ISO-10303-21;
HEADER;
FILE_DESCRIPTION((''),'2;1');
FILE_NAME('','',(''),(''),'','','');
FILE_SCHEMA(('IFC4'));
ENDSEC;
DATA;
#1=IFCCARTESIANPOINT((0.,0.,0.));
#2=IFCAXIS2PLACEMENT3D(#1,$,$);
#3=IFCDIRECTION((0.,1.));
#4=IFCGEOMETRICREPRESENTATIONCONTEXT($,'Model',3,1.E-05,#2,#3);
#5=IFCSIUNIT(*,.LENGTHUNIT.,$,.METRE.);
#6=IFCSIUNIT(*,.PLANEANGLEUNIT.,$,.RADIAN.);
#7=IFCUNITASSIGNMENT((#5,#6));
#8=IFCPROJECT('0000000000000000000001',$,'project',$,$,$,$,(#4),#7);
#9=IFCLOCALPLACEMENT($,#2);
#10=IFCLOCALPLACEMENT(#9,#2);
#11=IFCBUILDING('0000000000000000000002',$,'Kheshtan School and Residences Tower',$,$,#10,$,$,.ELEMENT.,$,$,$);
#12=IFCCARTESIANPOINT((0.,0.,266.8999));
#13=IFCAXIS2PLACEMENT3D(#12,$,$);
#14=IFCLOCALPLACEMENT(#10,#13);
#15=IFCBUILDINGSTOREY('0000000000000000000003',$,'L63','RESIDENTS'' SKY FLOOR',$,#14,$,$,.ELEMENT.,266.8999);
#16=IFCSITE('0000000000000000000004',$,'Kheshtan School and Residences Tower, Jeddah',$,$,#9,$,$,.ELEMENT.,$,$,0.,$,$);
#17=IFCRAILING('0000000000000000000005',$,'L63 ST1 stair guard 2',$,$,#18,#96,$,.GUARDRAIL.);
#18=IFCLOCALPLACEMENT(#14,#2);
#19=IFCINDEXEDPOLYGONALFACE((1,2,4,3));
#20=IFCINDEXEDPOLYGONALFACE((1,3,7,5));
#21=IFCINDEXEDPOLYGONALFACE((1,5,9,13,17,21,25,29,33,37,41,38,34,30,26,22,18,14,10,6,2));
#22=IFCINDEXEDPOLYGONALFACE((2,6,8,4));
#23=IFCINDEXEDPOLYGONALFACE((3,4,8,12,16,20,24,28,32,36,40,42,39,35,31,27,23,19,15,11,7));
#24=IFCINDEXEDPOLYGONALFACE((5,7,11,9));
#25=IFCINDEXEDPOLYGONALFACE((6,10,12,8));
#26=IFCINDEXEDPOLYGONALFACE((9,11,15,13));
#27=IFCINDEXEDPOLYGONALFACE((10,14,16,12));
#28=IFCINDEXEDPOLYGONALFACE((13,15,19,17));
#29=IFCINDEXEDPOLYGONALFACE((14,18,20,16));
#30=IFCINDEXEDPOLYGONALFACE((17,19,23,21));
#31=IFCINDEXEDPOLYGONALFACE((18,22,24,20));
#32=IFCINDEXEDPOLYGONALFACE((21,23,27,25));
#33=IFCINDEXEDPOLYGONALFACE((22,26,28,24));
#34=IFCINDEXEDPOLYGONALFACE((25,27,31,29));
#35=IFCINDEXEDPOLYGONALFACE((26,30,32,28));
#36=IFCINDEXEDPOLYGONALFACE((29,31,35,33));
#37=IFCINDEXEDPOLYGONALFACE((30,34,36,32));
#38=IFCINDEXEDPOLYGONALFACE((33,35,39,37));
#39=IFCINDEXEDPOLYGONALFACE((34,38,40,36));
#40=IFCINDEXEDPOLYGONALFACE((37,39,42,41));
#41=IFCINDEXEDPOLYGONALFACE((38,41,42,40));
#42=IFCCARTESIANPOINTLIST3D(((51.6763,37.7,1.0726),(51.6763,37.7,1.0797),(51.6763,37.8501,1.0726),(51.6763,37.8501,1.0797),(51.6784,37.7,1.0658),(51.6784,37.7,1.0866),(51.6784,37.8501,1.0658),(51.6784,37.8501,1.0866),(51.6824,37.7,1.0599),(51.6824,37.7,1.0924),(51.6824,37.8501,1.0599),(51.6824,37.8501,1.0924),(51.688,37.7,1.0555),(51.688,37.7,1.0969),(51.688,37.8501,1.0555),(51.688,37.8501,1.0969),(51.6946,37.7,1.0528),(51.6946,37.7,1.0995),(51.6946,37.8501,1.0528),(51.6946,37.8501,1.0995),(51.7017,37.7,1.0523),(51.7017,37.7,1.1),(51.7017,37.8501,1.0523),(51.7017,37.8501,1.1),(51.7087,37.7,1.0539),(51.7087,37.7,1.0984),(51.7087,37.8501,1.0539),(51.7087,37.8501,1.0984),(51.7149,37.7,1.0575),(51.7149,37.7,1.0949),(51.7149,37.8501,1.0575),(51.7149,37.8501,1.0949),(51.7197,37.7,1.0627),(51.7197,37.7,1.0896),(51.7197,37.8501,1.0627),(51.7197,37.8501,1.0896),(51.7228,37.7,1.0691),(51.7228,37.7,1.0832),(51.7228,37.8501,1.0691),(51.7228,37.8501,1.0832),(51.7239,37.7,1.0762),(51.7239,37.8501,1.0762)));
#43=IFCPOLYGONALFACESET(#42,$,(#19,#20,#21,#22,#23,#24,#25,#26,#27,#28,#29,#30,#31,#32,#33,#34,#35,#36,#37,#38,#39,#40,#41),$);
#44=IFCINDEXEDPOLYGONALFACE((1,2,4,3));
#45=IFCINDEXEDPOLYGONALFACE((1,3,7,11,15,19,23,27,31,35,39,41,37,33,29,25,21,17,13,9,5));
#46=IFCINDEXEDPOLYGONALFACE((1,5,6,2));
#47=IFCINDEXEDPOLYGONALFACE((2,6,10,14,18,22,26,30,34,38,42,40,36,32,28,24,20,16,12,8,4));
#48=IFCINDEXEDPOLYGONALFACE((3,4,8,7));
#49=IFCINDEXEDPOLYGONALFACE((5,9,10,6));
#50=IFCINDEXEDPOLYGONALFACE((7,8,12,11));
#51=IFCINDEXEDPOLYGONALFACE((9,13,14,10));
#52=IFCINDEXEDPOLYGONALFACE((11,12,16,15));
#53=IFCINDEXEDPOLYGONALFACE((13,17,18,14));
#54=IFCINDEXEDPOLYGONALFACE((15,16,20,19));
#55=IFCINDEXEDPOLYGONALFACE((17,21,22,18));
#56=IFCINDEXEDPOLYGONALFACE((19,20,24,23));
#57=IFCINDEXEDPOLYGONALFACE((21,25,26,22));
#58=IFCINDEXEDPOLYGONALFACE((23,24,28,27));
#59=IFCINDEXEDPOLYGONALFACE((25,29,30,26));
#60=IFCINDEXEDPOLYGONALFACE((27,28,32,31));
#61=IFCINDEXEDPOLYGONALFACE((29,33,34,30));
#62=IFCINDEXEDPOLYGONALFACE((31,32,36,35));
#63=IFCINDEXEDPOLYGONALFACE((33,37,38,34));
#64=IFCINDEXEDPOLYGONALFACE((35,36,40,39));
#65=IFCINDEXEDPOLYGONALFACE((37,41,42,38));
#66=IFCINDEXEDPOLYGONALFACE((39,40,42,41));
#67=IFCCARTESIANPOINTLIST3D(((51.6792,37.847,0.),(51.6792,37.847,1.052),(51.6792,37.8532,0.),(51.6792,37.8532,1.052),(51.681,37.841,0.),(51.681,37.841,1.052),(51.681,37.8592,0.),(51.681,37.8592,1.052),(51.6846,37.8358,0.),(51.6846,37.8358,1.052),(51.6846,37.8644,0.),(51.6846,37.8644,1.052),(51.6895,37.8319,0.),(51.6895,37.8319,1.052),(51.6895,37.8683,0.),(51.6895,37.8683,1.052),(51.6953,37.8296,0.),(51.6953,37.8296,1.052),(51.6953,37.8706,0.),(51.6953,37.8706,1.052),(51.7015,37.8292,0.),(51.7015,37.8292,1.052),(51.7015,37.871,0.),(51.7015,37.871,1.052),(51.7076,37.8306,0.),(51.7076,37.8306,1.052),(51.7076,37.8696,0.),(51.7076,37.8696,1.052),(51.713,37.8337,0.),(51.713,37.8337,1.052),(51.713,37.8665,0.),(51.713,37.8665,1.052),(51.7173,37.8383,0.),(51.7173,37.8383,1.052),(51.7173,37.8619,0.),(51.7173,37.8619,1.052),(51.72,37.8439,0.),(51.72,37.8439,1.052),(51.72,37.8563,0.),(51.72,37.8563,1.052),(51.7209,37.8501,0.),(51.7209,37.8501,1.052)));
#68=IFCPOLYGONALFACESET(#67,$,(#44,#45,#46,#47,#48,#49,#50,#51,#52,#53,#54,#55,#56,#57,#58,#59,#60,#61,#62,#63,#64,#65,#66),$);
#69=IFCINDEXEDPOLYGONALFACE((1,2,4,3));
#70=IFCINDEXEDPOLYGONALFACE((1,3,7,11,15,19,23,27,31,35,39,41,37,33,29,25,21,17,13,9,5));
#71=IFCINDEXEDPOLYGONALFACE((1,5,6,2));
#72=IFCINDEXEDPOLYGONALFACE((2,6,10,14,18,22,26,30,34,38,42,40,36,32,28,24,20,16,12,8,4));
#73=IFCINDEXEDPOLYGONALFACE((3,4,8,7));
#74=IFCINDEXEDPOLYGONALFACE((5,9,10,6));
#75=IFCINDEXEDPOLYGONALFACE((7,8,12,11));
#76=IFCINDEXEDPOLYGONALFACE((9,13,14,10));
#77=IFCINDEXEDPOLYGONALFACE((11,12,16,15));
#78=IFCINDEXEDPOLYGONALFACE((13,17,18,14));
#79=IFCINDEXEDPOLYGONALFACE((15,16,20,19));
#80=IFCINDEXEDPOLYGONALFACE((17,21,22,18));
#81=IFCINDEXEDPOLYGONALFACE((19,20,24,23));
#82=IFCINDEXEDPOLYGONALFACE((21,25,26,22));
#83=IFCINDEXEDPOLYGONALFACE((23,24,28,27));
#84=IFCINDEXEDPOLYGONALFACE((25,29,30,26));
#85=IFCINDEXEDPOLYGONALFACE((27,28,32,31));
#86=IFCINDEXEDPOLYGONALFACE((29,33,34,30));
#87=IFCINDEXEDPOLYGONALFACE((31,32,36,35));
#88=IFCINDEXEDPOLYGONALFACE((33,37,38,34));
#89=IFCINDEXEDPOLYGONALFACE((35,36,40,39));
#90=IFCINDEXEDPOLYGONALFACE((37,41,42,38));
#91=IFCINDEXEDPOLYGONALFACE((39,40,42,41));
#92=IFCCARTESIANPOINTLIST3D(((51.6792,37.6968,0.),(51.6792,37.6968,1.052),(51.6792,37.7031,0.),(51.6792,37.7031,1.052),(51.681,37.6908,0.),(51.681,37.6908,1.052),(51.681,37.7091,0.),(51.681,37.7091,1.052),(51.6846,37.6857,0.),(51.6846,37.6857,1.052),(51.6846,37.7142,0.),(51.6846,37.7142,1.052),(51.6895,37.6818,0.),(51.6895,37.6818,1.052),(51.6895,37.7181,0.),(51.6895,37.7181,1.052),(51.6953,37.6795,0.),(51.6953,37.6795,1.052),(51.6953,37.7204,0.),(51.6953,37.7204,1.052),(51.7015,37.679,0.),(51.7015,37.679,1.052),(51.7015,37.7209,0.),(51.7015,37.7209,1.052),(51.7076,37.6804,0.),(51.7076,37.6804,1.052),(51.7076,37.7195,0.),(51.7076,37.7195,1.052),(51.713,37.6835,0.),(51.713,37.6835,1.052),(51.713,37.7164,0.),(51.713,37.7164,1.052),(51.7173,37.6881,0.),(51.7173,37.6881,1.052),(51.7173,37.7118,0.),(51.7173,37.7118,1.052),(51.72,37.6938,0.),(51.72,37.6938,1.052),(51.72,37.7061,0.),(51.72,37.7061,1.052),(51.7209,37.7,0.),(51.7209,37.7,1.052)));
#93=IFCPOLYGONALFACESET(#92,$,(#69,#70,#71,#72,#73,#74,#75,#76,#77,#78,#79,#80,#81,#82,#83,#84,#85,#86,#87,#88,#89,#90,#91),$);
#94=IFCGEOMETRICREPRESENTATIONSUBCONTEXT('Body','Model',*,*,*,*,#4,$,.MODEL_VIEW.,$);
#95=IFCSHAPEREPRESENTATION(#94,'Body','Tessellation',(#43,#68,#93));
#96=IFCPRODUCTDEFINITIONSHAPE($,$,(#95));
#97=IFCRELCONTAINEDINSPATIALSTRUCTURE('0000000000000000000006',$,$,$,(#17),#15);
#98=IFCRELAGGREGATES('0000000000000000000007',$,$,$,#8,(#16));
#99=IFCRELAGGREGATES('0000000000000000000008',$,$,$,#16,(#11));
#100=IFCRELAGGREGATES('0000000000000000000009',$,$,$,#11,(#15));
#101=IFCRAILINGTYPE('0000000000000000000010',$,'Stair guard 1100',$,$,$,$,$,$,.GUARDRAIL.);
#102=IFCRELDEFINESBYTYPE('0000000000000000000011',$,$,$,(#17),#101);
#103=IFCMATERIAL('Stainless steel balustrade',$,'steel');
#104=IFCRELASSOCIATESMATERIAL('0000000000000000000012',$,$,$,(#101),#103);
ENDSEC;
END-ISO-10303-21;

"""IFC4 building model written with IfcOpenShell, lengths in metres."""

from ifc_helpers import new_model, si_unit, direction, frame, origin, origin_2d, place, context, subcontext, project, spatial, circle, extrude, material, type_object, element, save


model = new_model("IFC4")

# Units and contexts
model_context = context("Model", 3, precision=1e-05, world=origin(), true_north=direction((0.0, 1.0)))
body_context = subcontext(model_context, "Body", "Model", "MODEL_VIEW")
ifc_project = project(units=[si_unit("LENGTHUNIT", "METRE"), si_unit("PLANEANGLEUNIT", "RADIAN")], contexts=[model_context])

# Site, building, storey
site_placement = place(None, origin())
site = spatial("IfcSite", under=ifc_project, at=site_placement, Name="Kheshtan School and Residences Tower, Jeddah", CompositionType="ELEMENT", RefElevation=0.0)
building_placement = place(site_placement, origin())
building = spatial("IfcBuilding", under=site, at=building_placement, Name="Kheshtan School and Residences Tower", CompositionType="ELEMENT")
storey_placement = place(building_placement, frame((0.0, 0.0, 266.8999)))
storey = spatial("IfcBuildingStorey", under=building, at=storey_placement, Name="L63", Description="RESIDENTS' SKY FLOOR", CompositionType="ELEMENT", Elevation=266.8999)

# Railing
ifc_material_1 = material(Name="Stainless steel balustrade", Category="steel")
railing_type_1 = type_object("IfcRailingType", Name="Stair guard 1100", PredefinedType="GUARDRAIL", material=ifc_material_1)
railing_1_placement = place(storey_placement, frame((51.7, 37.8501, 0.0)))
element("IfcRailing", 1, at=railing_1_placement, inside=storey, type_object=railing_type_1, Name="L63 ST1 stair guard 2", PredefinedType="GUARDRAIL", context=body_context, shape_type="SweptSolid", body=[
    extrude(circle(Radius=0.0239, at=origin_2d()), frame((0.0, 0.0, 1.0762), z_axis=(0.0, -1.0, 0.0), x_axis=(1.0, 0.0, 0.0)), (0.0, 0.0, 1.0), 0.1501),
    extrude(circle(Radius=0.021, at=origin_2d()), origin(), (0.0, 0.0, 1.0), 1.052),
    extrude(circle(Radius=0.021, at=origin_2d()), frame((0.0, -0.1501, 0.0)), (0.0, 0.0, 1.0), 1.052),
])

save(model, "model.ifc")
